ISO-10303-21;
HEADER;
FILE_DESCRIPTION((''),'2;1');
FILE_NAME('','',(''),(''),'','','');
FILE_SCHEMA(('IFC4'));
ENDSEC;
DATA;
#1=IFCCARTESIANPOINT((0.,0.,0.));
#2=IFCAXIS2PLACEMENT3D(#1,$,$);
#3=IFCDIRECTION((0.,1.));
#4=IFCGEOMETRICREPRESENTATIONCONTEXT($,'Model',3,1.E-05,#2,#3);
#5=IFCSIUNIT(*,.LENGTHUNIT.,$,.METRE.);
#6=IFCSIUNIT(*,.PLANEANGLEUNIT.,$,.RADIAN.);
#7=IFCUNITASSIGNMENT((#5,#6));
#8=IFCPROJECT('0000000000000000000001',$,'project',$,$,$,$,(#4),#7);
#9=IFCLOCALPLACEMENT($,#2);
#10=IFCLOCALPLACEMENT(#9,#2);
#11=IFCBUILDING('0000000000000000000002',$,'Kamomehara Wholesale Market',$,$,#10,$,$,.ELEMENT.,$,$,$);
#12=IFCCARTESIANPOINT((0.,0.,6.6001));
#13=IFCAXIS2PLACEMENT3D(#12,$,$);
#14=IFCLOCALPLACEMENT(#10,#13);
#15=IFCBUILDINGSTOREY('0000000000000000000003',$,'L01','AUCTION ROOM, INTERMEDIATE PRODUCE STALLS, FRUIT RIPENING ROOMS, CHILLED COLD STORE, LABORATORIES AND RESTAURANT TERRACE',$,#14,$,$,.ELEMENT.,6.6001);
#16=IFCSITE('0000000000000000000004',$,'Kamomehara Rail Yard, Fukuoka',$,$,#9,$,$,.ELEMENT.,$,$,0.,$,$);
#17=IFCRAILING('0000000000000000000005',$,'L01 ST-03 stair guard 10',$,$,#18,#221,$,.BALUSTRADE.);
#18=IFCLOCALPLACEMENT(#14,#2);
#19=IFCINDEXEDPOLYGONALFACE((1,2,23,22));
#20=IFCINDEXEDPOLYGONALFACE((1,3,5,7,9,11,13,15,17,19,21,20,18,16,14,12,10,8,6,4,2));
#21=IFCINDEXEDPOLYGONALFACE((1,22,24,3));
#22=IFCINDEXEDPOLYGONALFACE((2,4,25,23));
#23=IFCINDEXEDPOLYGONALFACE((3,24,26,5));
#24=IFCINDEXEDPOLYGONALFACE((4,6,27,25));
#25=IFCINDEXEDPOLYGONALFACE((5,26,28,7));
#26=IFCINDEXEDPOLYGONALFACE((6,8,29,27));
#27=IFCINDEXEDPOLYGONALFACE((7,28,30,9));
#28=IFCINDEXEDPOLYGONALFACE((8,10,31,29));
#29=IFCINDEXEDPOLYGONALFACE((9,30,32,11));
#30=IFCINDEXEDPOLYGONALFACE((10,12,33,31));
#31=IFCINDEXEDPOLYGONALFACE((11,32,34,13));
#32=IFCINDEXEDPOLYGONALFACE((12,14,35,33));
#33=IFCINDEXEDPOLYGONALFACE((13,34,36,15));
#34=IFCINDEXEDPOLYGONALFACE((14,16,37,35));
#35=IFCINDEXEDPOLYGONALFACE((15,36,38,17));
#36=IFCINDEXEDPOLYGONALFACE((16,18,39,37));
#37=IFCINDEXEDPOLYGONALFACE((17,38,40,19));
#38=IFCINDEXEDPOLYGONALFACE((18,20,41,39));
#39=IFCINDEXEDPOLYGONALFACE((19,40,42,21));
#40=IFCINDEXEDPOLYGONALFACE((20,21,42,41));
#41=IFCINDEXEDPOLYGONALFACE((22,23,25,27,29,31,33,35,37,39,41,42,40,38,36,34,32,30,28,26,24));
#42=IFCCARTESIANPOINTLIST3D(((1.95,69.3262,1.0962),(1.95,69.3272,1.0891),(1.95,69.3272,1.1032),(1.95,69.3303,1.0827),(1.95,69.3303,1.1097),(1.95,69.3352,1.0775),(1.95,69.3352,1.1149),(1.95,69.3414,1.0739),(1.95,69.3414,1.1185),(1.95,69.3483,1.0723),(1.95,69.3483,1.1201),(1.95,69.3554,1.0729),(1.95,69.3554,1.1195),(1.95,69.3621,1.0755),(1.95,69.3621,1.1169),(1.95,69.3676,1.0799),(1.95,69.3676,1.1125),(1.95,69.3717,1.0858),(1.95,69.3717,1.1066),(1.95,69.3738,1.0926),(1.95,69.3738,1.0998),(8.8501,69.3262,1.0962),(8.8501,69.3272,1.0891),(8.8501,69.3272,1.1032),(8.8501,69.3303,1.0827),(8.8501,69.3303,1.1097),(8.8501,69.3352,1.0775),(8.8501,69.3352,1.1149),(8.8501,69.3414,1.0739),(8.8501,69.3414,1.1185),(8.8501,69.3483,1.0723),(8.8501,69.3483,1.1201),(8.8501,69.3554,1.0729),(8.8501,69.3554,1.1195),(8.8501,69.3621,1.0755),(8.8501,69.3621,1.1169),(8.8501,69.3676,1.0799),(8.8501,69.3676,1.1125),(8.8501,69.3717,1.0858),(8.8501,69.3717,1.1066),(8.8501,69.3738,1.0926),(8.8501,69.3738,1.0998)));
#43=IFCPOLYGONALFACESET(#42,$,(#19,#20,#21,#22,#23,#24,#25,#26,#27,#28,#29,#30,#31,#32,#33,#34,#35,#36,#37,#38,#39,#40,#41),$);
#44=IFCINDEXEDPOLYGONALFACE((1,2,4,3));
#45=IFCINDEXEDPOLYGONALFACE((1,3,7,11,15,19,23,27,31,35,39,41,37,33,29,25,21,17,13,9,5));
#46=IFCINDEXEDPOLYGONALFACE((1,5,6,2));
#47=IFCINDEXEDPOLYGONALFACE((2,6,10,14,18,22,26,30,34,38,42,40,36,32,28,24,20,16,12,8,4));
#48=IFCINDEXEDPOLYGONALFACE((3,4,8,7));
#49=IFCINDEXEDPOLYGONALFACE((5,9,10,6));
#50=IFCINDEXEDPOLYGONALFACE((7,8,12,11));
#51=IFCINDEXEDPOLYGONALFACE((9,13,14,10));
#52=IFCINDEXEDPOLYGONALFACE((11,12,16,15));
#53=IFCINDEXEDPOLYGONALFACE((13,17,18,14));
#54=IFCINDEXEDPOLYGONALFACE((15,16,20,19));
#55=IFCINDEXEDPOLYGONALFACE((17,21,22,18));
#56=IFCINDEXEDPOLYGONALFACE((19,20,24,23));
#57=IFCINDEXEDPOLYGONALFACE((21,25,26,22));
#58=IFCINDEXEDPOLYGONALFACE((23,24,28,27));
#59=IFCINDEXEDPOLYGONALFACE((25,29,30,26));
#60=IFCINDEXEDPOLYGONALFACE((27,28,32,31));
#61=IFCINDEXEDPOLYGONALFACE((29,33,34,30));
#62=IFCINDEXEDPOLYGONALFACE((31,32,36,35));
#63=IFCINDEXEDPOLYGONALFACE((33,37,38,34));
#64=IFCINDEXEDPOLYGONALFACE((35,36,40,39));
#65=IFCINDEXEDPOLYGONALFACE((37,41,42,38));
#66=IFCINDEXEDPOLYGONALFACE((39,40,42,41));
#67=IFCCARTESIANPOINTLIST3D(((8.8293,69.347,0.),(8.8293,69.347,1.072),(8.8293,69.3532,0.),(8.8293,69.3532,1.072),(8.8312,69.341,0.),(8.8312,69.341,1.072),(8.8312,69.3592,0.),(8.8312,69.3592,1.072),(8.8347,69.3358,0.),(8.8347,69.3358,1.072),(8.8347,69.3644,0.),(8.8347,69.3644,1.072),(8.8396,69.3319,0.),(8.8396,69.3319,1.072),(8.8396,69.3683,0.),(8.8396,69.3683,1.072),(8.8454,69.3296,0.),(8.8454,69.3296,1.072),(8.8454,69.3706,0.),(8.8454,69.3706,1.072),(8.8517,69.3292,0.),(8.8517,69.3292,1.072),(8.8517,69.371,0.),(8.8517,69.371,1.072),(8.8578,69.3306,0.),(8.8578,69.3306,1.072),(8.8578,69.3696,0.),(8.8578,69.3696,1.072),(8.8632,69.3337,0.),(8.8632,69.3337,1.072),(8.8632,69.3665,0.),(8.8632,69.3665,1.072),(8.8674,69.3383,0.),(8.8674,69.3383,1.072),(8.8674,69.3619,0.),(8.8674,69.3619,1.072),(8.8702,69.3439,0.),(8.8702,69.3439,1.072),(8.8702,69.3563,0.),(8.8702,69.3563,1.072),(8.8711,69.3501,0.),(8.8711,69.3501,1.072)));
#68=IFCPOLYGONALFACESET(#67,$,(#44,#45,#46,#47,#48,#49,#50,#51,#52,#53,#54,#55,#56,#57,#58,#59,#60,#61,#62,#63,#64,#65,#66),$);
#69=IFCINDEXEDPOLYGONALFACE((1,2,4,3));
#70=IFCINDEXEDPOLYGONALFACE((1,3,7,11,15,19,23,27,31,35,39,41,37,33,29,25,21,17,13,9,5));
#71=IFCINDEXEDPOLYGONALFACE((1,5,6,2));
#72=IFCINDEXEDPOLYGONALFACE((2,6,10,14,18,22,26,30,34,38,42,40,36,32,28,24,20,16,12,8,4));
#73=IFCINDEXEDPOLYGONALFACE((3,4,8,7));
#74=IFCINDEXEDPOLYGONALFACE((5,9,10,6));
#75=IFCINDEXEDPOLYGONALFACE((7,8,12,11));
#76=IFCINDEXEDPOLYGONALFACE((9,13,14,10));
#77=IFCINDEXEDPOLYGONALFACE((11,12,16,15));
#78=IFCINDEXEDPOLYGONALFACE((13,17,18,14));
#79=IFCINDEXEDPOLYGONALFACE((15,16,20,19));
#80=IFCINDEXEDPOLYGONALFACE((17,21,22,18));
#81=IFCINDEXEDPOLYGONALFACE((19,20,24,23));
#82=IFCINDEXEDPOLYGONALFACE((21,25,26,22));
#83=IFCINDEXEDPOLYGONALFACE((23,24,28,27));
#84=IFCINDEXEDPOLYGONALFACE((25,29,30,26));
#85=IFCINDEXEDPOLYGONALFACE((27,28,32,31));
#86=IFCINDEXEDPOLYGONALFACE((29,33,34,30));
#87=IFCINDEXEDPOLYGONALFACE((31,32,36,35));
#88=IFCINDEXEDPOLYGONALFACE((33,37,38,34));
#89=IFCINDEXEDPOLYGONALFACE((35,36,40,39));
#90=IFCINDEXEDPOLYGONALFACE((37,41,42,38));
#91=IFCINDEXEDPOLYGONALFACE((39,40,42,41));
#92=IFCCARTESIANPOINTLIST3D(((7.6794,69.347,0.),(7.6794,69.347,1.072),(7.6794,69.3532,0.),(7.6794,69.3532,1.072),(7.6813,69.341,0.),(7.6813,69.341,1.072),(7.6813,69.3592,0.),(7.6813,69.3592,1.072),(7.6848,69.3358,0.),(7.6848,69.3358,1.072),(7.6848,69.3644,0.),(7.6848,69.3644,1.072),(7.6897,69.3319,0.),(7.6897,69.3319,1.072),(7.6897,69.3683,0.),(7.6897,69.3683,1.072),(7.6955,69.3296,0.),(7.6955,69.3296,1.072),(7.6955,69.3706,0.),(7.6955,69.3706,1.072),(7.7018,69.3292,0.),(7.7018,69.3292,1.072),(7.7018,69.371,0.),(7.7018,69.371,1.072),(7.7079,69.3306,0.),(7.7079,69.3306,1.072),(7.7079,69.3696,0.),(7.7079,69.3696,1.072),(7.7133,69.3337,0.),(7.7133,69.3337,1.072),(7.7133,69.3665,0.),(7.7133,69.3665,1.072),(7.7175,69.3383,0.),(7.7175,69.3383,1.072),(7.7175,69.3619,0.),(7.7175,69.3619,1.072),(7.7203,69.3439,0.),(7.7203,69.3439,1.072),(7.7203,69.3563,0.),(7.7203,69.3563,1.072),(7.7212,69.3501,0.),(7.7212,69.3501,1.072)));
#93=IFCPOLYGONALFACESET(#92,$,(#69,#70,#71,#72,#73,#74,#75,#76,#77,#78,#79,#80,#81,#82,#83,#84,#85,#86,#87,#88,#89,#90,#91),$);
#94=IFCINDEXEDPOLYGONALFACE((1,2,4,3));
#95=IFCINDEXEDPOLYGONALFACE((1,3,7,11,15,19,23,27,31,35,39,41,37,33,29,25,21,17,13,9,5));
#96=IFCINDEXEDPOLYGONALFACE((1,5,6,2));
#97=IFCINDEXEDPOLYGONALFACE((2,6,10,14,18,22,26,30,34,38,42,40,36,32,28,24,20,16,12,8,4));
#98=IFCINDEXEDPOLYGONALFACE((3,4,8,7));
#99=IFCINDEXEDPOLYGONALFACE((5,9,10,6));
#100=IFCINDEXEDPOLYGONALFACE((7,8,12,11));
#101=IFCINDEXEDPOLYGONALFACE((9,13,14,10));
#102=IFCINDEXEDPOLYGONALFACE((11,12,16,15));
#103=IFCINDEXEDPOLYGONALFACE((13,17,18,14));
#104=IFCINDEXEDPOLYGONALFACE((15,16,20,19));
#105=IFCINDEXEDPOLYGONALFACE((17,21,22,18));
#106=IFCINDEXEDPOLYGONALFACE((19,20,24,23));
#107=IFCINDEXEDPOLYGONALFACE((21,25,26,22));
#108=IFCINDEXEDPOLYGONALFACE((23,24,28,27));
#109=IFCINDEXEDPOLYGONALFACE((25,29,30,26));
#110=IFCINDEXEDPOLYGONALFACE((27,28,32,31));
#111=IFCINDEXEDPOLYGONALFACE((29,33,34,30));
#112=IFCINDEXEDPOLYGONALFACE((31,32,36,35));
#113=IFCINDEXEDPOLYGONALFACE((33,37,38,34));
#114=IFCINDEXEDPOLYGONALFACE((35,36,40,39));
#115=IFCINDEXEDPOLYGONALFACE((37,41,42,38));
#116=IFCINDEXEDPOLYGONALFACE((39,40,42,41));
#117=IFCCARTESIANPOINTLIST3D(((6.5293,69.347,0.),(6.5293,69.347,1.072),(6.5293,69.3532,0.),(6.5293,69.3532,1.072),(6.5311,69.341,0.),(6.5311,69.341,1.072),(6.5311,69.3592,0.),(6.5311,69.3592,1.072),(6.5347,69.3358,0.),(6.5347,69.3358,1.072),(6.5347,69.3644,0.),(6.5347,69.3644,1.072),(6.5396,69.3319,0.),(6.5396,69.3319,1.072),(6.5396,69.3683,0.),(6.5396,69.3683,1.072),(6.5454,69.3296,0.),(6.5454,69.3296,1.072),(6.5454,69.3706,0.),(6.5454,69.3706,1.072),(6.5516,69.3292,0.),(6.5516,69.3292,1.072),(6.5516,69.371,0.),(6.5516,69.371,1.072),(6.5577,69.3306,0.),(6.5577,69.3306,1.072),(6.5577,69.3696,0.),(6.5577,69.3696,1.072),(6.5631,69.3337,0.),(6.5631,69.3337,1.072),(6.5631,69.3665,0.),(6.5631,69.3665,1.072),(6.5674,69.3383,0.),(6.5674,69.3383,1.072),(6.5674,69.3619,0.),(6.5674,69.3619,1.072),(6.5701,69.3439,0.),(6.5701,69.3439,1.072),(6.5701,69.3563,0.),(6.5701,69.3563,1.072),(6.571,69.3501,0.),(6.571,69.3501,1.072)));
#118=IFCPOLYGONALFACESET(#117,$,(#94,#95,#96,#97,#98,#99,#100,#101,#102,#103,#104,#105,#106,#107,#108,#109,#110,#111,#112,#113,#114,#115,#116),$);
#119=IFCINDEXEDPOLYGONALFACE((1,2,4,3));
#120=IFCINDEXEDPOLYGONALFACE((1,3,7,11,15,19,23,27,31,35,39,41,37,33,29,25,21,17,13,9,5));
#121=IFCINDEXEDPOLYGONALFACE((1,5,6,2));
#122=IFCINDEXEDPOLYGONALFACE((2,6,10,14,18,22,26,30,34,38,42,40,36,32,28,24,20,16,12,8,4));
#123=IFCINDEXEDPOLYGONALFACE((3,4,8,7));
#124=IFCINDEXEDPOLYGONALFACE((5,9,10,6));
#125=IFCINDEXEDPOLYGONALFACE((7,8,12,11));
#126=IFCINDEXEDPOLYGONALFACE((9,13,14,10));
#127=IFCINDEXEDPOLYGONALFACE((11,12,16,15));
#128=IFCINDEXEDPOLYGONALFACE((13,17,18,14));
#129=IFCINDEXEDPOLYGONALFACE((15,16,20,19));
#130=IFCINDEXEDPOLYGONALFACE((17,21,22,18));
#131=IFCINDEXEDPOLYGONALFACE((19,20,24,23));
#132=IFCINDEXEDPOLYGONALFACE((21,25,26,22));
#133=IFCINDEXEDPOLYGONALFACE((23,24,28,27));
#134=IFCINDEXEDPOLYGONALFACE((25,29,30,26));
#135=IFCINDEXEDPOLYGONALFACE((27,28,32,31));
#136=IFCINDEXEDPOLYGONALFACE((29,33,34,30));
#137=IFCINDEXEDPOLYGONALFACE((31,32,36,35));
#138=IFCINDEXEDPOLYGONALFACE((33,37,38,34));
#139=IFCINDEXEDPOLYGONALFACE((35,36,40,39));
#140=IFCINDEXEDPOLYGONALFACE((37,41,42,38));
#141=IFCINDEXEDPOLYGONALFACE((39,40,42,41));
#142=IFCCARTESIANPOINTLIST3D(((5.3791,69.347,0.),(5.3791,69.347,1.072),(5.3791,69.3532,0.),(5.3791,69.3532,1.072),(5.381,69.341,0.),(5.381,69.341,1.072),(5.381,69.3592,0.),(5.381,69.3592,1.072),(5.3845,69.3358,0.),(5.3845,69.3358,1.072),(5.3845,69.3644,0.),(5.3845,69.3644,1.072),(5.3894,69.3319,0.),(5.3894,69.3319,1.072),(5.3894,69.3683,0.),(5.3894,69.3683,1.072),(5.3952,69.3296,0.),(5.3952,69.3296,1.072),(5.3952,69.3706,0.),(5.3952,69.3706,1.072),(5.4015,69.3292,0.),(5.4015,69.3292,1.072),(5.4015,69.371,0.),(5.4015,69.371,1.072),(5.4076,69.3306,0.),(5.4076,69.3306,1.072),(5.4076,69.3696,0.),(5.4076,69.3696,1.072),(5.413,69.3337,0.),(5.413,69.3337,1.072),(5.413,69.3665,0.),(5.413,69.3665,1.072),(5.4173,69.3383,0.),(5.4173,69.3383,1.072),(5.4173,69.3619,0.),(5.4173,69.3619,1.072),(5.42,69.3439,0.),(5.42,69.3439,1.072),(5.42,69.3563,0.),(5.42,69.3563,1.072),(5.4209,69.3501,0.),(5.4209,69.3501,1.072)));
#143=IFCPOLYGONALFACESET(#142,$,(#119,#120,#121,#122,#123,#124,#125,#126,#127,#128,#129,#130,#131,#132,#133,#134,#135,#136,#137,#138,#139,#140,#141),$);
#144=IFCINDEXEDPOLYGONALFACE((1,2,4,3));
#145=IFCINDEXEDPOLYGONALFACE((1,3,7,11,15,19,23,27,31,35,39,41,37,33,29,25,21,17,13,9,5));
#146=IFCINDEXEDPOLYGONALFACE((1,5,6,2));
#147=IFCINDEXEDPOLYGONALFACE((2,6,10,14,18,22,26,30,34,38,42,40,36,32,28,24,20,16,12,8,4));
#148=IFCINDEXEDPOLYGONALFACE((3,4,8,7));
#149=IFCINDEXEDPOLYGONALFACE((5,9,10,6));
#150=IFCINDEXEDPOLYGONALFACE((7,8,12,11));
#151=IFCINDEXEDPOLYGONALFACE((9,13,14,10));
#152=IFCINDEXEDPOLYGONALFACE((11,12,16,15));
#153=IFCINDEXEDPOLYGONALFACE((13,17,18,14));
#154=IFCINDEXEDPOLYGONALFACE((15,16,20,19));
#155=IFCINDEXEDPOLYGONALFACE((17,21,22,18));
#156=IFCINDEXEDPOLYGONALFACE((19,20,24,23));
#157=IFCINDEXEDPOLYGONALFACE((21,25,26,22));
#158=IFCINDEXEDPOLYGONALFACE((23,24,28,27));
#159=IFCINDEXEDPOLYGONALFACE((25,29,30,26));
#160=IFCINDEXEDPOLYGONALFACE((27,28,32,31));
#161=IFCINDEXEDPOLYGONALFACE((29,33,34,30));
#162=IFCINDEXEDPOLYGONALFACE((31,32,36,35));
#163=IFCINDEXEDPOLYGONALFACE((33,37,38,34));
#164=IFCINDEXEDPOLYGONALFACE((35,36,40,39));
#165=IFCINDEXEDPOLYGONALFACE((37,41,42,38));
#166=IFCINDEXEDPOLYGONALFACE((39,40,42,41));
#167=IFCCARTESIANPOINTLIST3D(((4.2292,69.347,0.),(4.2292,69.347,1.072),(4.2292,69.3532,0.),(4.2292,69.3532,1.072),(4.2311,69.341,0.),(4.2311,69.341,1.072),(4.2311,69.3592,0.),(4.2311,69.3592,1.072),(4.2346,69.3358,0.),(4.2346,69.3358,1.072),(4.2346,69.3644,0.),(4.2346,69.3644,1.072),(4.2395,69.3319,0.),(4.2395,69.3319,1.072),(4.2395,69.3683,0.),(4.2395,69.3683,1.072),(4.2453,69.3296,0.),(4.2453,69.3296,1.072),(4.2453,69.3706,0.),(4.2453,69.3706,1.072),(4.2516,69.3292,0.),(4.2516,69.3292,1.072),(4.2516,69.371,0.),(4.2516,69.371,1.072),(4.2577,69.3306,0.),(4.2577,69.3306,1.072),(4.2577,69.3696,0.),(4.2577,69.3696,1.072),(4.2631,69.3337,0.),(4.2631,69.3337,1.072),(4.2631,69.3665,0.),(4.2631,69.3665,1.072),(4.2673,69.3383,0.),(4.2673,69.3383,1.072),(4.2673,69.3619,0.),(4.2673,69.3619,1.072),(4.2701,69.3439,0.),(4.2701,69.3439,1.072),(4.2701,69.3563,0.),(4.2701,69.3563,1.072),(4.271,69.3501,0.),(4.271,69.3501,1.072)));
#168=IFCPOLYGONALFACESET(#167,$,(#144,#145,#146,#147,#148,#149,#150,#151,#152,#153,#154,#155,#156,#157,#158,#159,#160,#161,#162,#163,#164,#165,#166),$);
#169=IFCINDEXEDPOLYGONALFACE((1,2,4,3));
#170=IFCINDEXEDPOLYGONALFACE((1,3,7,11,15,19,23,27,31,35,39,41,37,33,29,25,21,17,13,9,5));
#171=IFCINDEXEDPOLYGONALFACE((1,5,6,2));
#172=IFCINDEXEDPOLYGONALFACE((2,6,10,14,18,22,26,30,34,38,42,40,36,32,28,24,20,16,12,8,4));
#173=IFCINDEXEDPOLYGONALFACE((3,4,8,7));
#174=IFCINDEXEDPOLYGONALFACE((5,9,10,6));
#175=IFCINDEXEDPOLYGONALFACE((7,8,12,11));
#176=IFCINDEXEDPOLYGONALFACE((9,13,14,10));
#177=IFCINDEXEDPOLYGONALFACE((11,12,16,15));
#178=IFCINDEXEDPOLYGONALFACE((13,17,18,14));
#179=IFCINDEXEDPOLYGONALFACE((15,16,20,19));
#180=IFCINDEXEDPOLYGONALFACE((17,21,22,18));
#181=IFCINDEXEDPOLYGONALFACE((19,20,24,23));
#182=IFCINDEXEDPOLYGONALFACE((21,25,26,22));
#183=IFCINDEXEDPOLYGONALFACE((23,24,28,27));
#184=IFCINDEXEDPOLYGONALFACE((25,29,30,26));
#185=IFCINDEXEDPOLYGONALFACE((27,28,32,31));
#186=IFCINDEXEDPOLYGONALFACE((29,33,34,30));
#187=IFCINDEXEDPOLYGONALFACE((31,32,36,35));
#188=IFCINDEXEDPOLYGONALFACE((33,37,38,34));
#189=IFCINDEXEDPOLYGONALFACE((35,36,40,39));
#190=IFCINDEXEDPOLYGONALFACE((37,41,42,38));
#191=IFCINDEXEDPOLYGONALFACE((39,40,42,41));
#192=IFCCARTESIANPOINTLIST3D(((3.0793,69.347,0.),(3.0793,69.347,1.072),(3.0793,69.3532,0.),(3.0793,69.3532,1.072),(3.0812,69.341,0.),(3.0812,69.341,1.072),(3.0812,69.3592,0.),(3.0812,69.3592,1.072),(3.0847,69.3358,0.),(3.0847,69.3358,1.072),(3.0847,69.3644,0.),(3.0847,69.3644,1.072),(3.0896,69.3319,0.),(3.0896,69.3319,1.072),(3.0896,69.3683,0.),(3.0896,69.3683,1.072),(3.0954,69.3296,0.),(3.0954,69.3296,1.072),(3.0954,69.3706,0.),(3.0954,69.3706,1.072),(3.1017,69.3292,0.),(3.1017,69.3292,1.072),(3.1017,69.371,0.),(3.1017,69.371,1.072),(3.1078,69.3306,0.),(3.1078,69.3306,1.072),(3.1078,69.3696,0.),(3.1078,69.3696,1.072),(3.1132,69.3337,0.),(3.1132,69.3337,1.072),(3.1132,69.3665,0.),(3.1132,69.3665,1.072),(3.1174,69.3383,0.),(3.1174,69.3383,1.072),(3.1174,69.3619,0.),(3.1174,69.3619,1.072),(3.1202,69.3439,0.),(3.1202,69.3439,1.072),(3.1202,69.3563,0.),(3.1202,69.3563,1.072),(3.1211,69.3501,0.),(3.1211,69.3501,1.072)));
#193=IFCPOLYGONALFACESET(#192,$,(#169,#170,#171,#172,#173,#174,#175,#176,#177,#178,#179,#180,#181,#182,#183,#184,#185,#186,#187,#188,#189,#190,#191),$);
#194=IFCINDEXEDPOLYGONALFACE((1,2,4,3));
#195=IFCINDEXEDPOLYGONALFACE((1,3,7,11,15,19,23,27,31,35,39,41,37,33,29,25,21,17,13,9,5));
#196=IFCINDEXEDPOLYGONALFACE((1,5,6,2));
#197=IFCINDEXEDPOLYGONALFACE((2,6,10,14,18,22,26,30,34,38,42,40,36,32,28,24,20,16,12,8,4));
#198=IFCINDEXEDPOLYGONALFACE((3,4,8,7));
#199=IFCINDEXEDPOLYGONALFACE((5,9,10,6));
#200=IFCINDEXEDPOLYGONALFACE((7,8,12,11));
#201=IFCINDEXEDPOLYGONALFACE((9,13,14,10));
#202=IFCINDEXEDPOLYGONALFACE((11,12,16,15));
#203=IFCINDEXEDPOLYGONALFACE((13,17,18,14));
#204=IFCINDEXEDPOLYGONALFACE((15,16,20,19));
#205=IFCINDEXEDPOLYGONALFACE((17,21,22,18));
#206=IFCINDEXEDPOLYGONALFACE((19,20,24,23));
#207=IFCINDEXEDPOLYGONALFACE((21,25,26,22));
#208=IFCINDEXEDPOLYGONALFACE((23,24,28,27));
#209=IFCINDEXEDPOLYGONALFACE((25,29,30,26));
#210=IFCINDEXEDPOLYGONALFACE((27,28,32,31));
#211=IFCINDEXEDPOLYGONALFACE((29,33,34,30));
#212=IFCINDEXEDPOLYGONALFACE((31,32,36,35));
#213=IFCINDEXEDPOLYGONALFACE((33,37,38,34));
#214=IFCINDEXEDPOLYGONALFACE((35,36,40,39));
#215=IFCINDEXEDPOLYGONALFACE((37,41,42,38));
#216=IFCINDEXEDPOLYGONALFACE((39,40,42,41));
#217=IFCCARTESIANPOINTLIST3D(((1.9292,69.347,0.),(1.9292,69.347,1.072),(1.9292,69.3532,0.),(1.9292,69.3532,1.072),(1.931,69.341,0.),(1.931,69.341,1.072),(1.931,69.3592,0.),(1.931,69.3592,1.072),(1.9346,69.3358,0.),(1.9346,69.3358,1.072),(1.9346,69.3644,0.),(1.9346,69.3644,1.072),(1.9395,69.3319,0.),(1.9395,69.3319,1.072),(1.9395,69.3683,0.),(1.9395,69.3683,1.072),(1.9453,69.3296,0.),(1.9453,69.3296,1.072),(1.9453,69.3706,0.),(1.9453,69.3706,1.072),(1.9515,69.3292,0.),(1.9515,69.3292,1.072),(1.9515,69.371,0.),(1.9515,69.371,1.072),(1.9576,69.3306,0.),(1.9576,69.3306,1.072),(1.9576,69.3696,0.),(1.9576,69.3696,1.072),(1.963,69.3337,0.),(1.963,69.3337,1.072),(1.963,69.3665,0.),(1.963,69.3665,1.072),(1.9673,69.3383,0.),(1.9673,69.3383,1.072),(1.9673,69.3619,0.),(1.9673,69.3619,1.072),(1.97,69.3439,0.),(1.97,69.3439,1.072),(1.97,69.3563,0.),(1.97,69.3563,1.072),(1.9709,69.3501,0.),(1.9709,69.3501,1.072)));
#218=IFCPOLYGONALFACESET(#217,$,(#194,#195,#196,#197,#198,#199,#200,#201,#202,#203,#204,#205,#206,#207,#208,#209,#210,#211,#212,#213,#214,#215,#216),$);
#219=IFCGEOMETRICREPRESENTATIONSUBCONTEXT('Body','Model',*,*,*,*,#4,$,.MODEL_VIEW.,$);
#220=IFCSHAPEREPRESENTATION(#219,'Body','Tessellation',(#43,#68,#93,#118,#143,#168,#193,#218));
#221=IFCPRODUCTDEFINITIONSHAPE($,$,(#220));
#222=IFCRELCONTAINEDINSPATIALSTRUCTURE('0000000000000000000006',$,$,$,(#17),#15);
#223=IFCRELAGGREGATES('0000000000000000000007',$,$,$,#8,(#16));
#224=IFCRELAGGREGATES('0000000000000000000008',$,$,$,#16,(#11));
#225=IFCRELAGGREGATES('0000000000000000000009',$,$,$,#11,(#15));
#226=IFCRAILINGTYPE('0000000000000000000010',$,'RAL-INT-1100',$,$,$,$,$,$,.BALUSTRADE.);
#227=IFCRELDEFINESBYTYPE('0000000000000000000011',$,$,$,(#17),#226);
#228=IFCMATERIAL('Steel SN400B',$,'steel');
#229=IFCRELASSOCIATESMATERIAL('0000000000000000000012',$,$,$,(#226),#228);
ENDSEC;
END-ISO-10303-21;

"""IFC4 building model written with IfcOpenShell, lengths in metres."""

from ifc_helpers import new_model, si_unit, direction, frame, origin, origin_2d, place, context, subcontext, project, spatial, circle, extrude, material, type_object, element, save


model = new_model("IFC4")

# Units and contexts
model_context = context("Model", 3, precision=1e-05, world=origin(), true_north=direction((0.0, 1.0)))
body_context = subcontext(model_context, "Body", "Model", "MODEL_VIEW")
ifc_project = project(units=[si_unit("LENGTHUNIT", "METRE"), si_unit("PLANEANGLEUNIT", "RADIAN")], contexts=[model_context])

# Site, building, storey
site_placement = place(None, origin())
site = spatial("IfcSite", under=ifc_project, at=site_placement, Name="Kamomehara Rail Yard, Fukuoka", CompositionType="ELEMENT", RefElevation=0.0)
building_placement = place(site_placement, origin())
building = spatial("IfcBuilding", under=site, at=building_placement, Name="Kamomehara Wholesale Market", CompositionType="ELEMENT")
storey_placement = place(building_placement, frame((0.0, 0.0, 6.6001)))
storey = spatial("IfcBuildingStorey", under=building, at=storey_placement, Name="L01", Description="AUCTION ROOM, INTERMEDIATE PRODUCE STALLS, FRUIT RIPENING ROOMS, CHILLED COLD STORE, LABORATORIES AND RESTAURANT TERRACE", CompositionType="ELEMENT", Elevation=6.6001)

# Railing
ifc_material_1 = material(Name="Steel SN400B", Category="steel")
railing_type_1 = type_object("IfcRailingType", Name="RAL-INT-1100", PredefinedType="BALUSTRADE", material=ifc_material_1)
railing_1_placement = place(storey_placement, frame((8.8501, 69.3501, 0.0)))
element("IfcRailing", 1, at=railing_1_placement, inside=storey, type_object=railing_type_1, Name="L01 ST-03 stair guard 10", PredefinedType="BALUSTRADE", context=body_context, shape_type="SweptSolid", body=[
    extrude(circle(Radius=0.0239, at=origin_2d()), frame((0.0, 0.0, 1.0962), z_axis=(-1.0, 0.0, 0.0), x_axis=(0.0, -1.0, 0.0)), (0.0, 0.0, 1.0), 6.9001),
    extrude(circle(Radius=0.021, at=origin_2d()), origin(), (0.0, 0.0, 1.0), 1.072),
    extrude(circle(Radius=0.021, at=origin_2d()), frame((-1.1499, 0.0, 0.0)), (0.0, 0.0, 1.0), 1.072),
    extrude(circle(Radius=0.021, at=origin_2d()), frame((-2.3, 0.0, 0.0)), (0.0, 0.0, 1.0), 1.072),
    extrude(circle(Radius=0.021, at=origin_2d()), frame((-3.4502, 0.0, 0.0)), (0.0, 0.0, 1.0), 1.072),
    extrude(circle(Radius=0.021, at=origin_2d()), frame((-4.6001, 0.0, 0.0)), (0.0, 0.0, 1.0), 1.072),
    extrude(circle(Radius=0.021, at=origin_2d()), frame((-5.75, 0.0, 0.0)), (0.0, 0.0, 1.0), 1.072),
    extrude(circle(Radius=0.021, at=origin_2d()), frame((-6.9001, 0.0, 0.0)), (0.0, 0.0, 1.0), 1.072),
])

save(model, "model.ifc")
